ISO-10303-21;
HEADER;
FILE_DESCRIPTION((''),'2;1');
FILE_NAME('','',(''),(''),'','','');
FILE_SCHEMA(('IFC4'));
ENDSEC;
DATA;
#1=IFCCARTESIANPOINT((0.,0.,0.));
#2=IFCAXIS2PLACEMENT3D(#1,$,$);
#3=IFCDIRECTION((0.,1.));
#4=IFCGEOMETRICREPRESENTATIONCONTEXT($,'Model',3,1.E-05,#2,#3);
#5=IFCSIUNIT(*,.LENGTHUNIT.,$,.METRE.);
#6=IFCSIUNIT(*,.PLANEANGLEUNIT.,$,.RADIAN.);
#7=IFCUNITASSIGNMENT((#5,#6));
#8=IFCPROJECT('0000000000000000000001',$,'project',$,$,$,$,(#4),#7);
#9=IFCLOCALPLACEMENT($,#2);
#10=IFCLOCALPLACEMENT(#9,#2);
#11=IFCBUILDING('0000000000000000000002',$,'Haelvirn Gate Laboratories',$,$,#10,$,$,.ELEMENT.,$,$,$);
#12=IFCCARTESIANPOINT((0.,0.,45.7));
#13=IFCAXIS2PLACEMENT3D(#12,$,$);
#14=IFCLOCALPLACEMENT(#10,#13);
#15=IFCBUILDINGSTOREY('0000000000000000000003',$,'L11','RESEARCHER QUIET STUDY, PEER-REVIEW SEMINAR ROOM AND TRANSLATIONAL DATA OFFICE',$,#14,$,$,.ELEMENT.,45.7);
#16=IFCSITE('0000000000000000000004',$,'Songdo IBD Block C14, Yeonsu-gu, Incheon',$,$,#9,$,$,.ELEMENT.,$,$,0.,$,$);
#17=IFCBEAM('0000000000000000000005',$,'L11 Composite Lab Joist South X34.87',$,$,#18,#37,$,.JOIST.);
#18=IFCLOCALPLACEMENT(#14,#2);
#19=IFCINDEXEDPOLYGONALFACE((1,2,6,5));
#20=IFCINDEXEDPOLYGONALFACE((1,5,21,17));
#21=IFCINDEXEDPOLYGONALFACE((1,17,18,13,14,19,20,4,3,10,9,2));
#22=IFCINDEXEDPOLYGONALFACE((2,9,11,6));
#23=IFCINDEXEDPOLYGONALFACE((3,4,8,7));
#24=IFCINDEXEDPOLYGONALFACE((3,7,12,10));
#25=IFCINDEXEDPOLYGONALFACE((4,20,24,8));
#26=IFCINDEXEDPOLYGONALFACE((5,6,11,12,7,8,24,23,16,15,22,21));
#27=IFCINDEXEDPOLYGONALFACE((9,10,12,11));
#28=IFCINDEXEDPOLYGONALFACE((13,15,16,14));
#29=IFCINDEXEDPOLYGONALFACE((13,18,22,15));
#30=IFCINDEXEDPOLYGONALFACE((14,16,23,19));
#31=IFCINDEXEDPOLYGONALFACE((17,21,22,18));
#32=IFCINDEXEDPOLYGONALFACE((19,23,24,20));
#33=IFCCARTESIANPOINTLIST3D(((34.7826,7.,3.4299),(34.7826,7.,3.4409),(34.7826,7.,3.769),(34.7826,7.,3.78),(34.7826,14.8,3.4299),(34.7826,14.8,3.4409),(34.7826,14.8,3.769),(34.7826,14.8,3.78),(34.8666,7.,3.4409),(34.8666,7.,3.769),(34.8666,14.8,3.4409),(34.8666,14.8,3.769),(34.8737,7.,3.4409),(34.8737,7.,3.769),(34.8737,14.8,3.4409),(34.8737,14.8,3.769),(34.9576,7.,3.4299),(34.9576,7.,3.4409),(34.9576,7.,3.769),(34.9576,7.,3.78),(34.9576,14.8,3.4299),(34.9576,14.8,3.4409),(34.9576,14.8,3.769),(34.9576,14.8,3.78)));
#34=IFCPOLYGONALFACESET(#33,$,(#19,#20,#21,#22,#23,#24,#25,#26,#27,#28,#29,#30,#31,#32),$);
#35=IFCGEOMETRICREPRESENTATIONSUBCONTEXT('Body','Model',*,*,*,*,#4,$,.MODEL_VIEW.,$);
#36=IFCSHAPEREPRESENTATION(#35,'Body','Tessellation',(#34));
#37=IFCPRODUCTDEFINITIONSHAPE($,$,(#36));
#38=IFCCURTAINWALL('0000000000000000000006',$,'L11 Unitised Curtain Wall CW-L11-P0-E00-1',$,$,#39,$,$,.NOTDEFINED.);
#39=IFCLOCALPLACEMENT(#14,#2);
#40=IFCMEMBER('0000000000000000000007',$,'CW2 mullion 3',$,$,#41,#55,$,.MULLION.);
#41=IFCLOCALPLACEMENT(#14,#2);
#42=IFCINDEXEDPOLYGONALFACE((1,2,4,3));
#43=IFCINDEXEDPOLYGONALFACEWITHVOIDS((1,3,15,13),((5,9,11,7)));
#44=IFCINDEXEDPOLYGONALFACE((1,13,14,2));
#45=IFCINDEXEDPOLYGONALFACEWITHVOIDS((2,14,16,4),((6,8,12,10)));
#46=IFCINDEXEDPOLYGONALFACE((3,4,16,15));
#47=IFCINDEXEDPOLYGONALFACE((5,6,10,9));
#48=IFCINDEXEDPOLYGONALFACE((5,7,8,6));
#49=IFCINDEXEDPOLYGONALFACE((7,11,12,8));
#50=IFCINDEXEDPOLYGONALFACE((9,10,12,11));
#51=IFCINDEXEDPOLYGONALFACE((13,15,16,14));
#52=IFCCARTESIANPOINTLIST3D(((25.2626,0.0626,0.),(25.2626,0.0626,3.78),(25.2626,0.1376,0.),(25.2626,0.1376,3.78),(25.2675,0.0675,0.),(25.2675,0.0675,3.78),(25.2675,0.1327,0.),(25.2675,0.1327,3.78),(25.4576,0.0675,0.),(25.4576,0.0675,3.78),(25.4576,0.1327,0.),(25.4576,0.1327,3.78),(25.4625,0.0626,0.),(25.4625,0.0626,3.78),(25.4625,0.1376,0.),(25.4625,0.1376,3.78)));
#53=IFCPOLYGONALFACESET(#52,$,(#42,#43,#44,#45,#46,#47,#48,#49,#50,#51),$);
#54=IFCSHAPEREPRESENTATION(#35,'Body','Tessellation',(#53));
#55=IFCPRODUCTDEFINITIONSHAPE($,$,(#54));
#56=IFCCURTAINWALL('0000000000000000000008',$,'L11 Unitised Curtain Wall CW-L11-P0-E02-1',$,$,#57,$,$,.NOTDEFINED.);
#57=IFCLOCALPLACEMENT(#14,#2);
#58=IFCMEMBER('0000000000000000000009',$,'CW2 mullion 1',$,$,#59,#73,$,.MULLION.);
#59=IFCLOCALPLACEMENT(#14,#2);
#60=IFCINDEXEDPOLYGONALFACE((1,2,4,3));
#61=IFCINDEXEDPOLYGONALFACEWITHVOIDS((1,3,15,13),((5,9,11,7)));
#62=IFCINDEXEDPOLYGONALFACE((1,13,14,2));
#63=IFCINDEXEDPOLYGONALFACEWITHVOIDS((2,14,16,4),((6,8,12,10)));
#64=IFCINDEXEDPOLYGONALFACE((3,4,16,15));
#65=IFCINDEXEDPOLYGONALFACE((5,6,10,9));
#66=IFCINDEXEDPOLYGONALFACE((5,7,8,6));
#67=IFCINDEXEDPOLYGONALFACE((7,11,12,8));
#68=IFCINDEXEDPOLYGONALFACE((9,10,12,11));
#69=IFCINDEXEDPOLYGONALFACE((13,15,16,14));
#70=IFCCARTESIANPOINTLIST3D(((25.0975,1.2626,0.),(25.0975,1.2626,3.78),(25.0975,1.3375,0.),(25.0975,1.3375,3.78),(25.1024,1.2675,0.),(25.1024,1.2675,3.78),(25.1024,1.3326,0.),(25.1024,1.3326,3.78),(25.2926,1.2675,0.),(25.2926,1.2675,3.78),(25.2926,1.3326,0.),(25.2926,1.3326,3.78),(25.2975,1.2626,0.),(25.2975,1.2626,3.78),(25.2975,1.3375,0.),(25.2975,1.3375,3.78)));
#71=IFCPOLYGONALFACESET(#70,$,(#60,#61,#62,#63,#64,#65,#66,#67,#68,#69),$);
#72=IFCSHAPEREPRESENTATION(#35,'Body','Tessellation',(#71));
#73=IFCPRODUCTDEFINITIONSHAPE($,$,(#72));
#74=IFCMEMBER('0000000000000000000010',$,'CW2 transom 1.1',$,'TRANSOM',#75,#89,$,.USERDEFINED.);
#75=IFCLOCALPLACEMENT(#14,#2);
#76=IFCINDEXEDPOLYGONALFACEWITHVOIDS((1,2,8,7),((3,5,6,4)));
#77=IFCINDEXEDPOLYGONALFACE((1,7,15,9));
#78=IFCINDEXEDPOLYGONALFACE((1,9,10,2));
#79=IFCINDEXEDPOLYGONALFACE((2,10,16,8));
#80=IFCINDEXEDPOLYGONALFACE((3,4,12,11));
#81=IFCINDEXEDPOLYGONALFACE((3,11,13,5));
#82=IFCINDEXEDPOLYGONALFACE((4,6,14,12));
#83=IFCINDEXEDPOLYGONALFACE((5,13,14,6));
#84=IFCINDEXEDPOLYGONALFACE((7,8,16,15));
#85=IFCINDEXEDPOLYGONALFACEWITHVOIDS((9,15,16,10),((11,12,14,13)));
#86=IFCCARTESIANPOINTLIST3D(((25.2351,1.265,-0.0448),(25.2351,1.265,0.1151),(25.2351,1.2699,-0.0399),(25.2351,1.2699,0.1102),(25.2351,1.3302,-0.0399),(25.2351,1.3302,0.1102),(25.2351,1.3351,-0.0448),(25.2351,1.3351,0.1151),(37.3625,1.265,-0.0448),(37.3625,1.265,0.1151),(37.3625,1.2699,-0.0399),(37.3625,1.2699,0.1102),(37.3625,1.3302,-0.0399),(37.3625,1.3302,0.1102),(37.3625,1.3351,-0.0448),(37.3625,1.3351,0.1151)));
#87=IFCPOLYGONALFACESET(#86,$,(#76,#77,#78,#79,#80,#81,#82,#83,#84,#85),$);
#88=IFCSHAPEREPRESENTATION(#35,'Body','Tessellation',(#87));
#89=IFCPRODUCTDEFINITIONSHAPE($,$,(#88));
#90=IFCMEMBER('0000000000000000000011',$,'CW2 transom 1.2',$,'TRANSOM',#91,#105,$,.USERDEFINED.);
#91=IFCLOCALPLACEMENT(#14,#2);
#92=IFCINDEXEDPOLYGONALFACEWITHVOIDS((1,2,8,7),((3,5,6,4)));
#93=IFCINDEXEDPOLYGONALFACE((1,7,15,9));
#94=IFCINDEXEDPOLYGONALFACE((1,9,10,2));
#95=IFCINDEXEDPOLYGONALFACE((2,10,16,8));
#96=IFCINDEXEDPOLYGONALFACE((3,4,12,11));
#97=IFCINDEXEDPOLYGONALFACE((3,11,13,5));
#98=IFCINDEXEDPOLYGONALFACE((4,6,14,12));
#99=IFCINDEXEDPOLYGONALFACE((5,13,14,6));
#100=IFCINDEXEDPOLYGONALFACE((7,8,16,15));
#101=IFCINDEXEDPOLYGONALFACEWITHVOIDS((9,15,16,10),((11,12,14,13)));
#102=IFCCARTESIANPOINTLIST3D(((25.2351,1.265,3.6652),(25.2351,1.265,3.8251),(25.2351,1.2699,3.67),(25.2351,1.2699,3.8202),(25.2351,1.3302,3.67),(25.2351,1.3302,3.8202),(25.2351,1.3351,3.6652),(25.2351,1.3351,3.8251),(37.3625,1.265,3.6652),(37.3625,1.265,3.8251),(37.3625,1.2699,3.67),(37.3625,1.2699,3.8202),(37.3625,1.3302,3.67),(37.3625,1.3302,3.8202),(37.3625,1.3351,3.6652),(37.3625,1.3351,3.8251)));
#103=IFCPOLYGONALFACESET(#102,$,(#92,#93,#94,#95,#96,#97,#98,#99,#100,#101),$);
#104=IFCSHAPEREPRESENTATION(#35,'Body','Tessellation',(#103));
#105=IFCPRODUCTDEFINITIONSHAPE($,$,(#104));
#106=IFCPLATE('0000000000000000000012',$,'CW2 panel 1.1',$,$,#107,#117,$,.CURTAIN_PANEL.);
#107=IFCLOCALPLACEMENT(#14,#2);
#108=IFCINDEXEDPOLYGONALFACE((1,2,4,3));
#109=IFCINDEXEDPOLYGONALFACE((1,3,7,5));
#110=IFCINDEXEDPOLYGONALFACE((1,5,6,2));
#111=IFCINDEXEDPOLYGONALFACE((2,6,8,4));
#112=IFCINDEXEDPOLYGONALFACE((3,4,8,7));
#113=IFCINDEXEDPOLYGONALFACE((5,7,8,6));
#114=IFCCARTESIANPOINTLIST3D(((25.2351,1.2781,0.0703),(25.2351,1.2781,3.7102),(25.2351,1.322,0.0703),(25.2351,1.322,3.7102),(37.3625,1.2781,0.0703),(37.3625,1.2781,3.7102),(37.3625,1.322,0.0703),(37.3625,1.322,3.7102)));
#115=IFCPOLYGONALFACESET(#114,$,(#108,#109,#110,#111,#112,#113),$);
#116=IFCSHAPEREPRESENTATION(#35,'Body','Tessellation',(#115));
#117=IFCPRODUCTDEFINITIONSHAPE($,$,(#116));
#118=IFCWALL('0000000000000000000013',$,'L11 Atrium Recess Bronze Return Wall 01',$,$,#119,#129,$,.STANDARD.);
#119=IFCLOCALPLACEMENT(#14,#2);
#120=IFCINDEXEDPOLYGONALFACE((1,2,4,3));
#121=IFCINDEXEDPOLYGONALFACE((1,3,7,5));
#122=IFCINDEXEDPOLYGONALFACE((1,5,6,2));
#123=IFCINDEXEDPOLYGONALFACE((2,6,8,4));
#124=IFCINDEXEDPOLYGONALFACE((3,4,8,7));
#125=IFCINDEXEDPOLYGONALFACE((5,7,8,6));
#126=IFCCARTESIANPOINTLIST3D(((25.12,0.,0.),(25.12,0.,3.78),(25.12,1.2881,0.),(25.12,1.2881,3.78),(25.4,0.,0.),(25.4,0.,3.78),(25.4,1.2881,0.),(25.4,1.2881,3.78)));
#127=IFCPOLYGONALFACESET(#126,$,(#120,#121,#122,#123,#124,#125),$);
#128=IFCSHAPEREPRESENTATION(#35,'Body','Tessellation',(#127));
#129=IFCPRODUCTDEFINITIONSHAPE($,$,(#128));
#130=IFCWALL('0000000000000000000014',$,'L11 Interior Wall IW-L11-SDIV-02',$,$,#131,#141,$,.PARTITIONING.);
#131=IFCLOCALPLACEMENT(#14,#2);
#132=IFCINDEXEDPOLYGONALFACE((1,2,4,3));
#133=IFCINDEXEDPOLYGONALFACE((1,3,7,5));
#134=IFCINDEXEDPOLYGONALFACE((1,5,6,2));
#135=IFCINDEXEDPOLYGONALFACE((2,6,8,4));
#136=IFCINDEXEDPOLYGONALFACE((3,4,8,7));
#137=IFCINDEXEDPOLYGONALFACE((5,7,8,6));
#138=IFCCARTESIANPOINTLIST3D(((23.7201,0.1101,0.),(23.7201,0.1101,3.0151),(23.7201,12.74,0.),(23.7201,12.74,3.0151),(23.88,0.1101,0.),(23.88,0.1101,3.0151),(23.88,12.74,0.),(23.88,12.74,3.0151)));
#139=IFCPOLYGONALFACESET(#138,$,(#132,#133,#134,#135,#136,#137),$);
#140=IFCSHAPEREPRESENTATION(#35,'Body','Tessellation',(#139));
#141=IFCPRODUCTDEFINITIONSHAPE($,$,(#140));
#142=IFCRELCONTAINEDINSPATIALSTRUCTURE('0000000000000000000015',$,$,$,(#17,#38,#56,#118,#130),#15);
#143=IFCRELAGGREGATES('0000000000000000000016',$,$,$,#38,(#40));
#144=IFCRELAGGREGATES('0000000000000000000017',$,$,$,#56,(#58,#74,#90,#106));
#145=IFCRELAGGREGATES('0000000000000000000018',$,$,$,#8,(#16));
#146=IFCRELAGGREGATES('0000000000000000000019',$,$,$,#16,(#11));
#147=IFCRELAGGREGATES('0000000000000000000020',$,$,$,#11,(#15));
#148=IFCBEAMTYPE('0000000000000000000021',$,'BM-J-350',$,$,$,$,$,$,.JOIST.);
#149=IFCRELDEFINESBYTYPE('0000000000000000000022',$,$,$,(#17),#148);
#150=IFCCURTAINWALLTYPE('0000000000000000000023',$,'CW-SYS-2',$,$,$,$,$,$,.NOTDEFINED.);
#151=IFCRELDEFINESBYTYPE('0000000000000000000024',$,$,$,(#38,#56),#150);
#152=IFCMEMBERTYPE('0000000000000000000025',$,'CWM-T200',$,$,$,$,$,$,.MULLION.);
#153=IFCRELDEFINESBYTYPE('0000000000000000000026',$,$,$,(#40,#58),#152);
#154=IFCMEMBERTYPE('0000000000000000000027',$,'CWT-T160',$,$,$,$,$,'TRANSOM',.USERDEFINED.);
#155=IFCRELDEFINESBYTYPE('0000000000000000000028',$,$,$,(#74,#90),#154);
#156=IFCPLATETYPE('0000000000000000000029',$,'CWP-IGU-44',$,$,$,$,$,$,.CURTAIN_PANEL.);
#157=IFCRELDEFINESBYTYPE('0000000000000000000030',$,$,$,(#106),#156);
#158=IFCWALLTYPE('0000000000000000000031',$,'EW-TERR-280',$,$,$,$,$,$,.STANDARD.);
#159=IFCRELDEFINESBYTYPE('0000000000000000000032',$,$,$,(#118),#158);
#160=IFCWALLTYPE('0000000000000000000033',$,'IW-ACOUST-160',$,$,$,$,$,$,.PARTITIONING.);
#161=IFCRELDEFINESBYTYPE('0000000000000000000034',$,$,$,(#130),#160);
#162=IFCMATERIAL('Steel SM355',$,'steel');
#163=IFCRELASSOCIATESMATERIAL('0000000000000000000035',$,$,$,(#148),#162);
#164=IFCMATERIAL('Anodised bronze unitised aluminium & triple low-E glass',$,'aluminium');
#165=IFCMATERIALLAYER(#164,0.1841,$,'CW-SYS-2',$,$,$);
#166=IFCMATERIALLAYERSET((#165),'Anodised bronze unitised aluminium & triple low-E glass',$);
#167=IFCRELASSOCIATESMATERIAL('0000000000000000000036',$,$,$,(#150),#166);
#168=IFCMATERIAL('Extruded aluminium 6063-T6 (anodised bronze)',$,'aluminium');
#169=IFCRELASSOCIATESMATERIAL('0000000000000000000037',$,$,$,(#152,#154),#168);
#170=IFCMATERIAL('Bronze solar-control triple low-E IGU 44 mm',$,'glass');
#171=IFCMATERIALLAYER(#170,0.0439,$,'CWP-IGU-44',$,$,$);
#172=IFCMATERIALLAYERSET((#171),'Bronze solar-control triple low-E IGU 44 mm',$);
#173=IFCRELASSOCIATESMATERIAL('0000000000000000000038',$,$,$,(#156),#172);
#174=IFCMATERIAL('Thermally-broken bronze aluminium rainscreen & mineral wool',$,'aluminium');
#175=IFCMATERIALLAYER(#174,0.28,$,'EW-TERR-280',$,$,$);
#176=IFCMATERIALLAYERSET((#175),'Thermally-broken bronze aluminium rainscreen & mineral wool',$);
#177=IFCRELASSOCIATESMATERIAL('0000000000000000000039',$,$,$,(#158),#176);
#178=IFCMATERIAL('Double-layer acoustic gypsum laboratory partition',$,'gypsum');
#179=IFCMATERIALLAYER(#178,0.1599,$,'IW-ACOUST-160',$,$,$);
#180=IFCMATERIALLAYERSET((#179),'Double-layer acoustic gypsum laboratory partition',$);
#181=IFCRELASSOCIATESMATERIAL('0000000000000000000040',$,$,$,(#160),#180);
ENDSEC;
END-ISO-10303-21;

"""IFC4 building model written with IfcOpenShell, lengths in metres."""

from ifc_helpers import new_model, si_unit, direction, frame, frame_2d, origin, origin_2d, place, context, subcontext, project, spatial, rectangle, hollow_rectangle, i_section, extrude, source, transform, mapped, material, layer, layer_set, material_profile, profile_set, type_object, type_shapes, element, aggregate, save


model = new_model("IFC4")

# Units and contexts
model_context = context("Model", 3, precision=1e-05, world=origin(), true_north=direction((0.0, 1.0)))
body_context = subcontext(model_context, "Body", "Model", "MODEL_VIEW")
ifc_project = project(units=[si_unit("LENGTHUNIT", "METRE"), si_unit("PLANEANGLEUNIT", "RADIAN")], contexts=[model_context])

# Site, building, storey
site_placement = place(None, origin())
site = spatial("IfcSite", under=ifc_project, at=site_placement, Name="Songdo IBD Block C14, Yeonsu-gu, Incheon", CompositionType="ELEMENT", RefElevation=0.0)
building_placement = place(site_placement, origin())
building = spatial("IfcBuilding", under=site, at=building_placement, Name="Haelvirn Gate Laboratories", CompositionType="ELEMENT")
storey_placement = place(building_placement, frame((0.0, 0.0, 45.7)))
storey = spatial("IfcBuildingStorey", under=building, at=storey_placement, Name="L11", Description="RESEARCHER QUIET STUDY, PEER-REVIEW SEMINAR ROOM AND TRANSLATIONAL DATA OFFICE", CompositionType="ELEMENT", Elevation=45.7)

# Beam
ifc_material_1 = material(Name="Steel SM355", Category="steel")
ifc_material_profile_1 = material_profile(ifc_material_1, i_section(OverallWidth=0.175, OverallDepth=0.3501, WebThickness=0.0071, FlangeThickness=0.011, at=origin_2d()), Name="H-350x175x7x11")
ifc_profile_set_1 = profile_set([ifc_material_profile_1], Name="Steel SM355")
beam_type_1 = type_object("IfcBeamType", Name="BM-J-350", PredefinedType="JOIST", material=ifc_profile_set_1)
shared_shape_1 = source(origin(), body_context, "Body", "SweptSolid", [
    extrude(i_section(OverallWidth=0.175, OverallDepth=0.3501, WebThickness=0.0071, FlangeThickness=0.011, at=origin_2d()), origin(), (0.0, 0.0, 1.0), 7.8),
])
type_shapes(beam_type_1, [shared_shape_1])
for number, where, z_axis, x_axis, name in (
    (1, (34.8701, 7.0, 3.605), (0.0, 1.0, 0.0), (-1.0, 0.0, 0.0), "L11 Composite Lab Joist South X34.87"),
):
    element("IfcBeam", number, at=place(storey_placement, frame(where, z_axis=z_axis, x_axis=x_axis)), inside=storey, type_object=beam_type_1, Name=name, PredefinedType="JOIST", context=body_context, shape_type="MappedRepresentation", body=[
        mapped(shared_shape_1, transform((0.0, 0.0, 0.0), scale=1.0)),
    ])

# Curtain wall, member
ifc_material_2 = material(Name="Anodised bronze unitised aluminium & triple low-E glass", Category="aluminium")
ifc_layer_1 = layer(ifc_material_2, 0.1841, Name="CW-SYS-2")
ifc_layer_set_1 = layer_set([ifc_layer_1], Name="Anodised bronze unitised aluminium & triple low-E glass")
curtain_wall_type = type_object("IfcCurtainWallType", Name="CW-SYS-2", PredefinedType="NOTDEFINED", material=ifc_layer_set_1)
curtain_wall_1_placement = place(storey_placement, origin())
curtain_wall_1 = element("IfcCurtainWall", 2, at=curtain_wall_1_placement, inside=storey, type_object=curtain_wall_type, Name="L11 Unitised Curtain Wall CW-L11-P0-E00-1", PredefinedType="NOTDEFINED")
ifc_material_3 = material(Name="Extruded aluminium 6063-T6 (anodised bronze)", Category="aluminium")
ifc_material_profile_2 = material_profile(ifc_material_3, hollow_rectangle(XDim=0.075, YDim=0.2, WallThickness=0.0049, at=origin_2d()), Name="CWM-200x75x5")
ifc_profile_set_2 = profile_set([ifc_material_profile_2], Name="Extruded aluminium 6063-T6 (anodised bronze)")
member_type_1 = type_object("IfcMemberType", Name="CWM-T200", PredefinedType="MULLION", material=ifc_profile_set_2)
shared_shape_2 = source(origin(), body_context, "Body", "SweptSolid", [
    extrude(hollow_rectangle(XDim=0.075, YDim=0.2, WallThickness=0.0049, at=origin_2d()), origin(), (0.0, 0.0, 1.0), 3.78),
])
type_shapes(member_type_1, [shared_shape_2])
member_1_placement = place(storey_placement, frame((25.3625, 0.1001, 0.0), z_axis=(0.0, 0.0, 1.0), x_axis=(0.0, 1.0, 0.0)))
member_1 = element("IfcMember", 3, at=member_1_placement, type_object=member_type_1, Name="CW2 mullion 3", PredefinedType="MULLION", context=body_context, shape_type="MappedRepresentation", body=[
    mapped(shared_shape_2, transform((0.0, 0.0, 0.0), scale=1.0)),
])
aggregate(curtain_wall_1, [member_1])

# Curtain wall, members, plate
curtain_wall_2_placement = place(storey_placement, origin())
curtain_wall_2 = element("IfcCurtainWall", 4, at=curtain_wall_2_placement, inside=storey, type_object=curtain_wall_type, Name="L11 Unitised Curtain Wall CW-L11-P0-E02-1", PredefinedType="NOTDEFINED")
member_2_placement = place(storey_placement, frame((25.1975, 1.3, 0.0), z_axis=(0.0, 0.0, 1.0), x_axis=(0.0, 1.0, 0.0)))
member_2 = element("IfcMember", 5, at=member_2_placement, type_object=member_type_1, Name="CW2 mullion 1", PredefinedType="MULLION", context=body_context, shape_type="MappedRepresentation", body=[
    mapped(shared_shape_2, transform((0.0, 0.0, 0.0), scale=1.0)),
])
ifc_material_profile_3 = material_profile(ifc_material_3, hollow_rectangle(XDim=0.0701, YDim=0.1599, WallThickness=0.0049, at=origin_2d()), Name="CWT-160x70x5")
ifc_profile_set_3 = profile_set([ifc_material_profile_3], Name="Extruded aluminium 6063-T6 (anodised bronze)")
member_type_2 = type_object("IfcMemberType", Name="CWT-T160", ElementType="TRANSOM", PredefinedType="USERDEFINED", material=ifc_profile_set_3)
shared_shape_3 = source(origin(), body_context, "Body", "SweptSolid", [
    extrude(hollow_rectangle(XDim=0.0701, YDim=0.1599, WallThickness=0.0049, at=origin_2d()), origin(), (0.0, 0.0, 1.0), 12.1274),
])
type_shapes(member_type_2, [shared_shape_3])
member_3_placement = place(storey_placement, frame((25.2351, 1.3, 0.0352), z_axis=(1.0, 0.0, 0.0), x_axis=(0.0, 1.0, 0.0)))
member_3 = element("IfcMember", 6, at=member_3_placement, type_object=member_type_2, Name="CW2 transom 1.1", ObjectType="TRANSOM", PredefinedType="USERDEFINED", context=body_context, shape_type="MappedRepresentation", body=[
    mapped(shared_shape_3, transform((0.0, 0.0, 0.0), scale=1.0)),
])
member_4_placement = place(storey_placement, frame((25.2351, 1.3, 3.7451), z_axis=(1.0, 0.0, 0.0), x_axis=(0.0, 1.0, 0.0)))
member_4 = element("IfcMember", 7, at=member_4_placement, type_object=member_type_2, Name="CW2 transom 1.2", ObjectType="TRANSOM", PredefinedType="USERDEFINED", context=body_context, shape_type="MappedRepresentation", body=[
    mapped(shared_shape_3, transform((0.0, 0.0, 0.0), scale=1.0)),
])
ifc_material_4 = material(Name="Bronze solar-control triple low-E IGU 44 mm", Category="glass")
ifc_layer_2 = layer(ifc_material_4, 0.0439, Name="CWP-IGU-44")
ifc_layer_set_2 = layer_set([ifc_layer_2], Name="Bronze solar-control triple low-E IGU 44 mm")
plate_type = type_object("IfcPlateType", Name="CWP-IGU-44", PredefinedType="CURTAIN_PANEL", material=ifc_layer_set_2)
shared_shape_4 = source(origin(), body_context, "Body", "SweptSolid", [
    extrude(rectangle(XDim=12.1274, YDim=0.0439, at=origin_2d()), origin(), (0.0, 0.0, 1.0), 3.6399),
])
type_shapes(plate_type, [shared_shape_4])
plate_placement = place(storey_placement, frame((31.2988, 1.3, 0.0703), z_axis=(0.0, 0.0, 1.0), x_axis=(1.0, 0.0, 0.0)))
plate = element("IfcPlate", 8, at=plate_placement, type_object=plate_type, Name="CW2 panel 1.1", PredefinedType="CURTAIN_PANEL", context=body_context, shape_type="MappedRepresentation", body=[
    mapped(shared_shape_4, transform((0.0, 0.0, 0.0), scale=1.0)),
])
aggregate(curtain_wall_2, [member_2, member_3, member_4, plate])

# Walls
ifc_material_5 = material(Name="Thermally-broken bronze aluminium rainscreen & mineral wool", Category="aluminium")
ifc_layer_3 = layer(ifc_material_5, 0.28, Name="EW-TERR-280")
ifc_layer_set_3 = layer_set([ifc_layer_3], Name="Thermally-broken bronze aluminium rainscreen & mineral wool")
wall_type_1 = type_object("IfcWallType", Name="EW-TERR-280", PredefinedType="STANDARD", material=ifc_layer_set_3)
wall_1_placement = place(storey_placement, frame((25.26, 0.0, 0.0), z_axis=(0.0, 0.0, 1.0), x_axis=(0.0, 1.0, 0.0)))
element("IfcWall", 9, at=wall_1_placement, inside=storey, type_object=wall_type_1, Name="L11 Atrium Recess Bronze Return Wall 01", PredefinedType="STANDARD", context=body_context, shape_type="SweptSolid", body=[
    extrude(rectangle(XDim=1.2881, YDim=0.28, at=frame_2d((0.644, 0.0))), origin(), (0.0, 0.0, 1.0), 3.78),
])
ifc_material_6 = material(Name="Double-layer acoustic gypsum laboratory partition", Category="gypsum")
ifc_layer_4 = layer(ifc_material_6, 0.1599, Name="IW-ACOUST-160")
ifc_layer_set_4 = layer_set([ifc_layer_4], Name="Double-layer acoustic gypsum laboratory partition")
wall_type_2 = type_object("IfcWallType", Name="IW-ACOUST-160", PredefinedType="PARTITIONING", material=ifc_layer_set_4)
wall_2_placement = place(storey_placement, frame((23.8, 0.1101, 0.0), z_axis=(0.0, 0.0, 1.0), x_axis=(0.0, 1.0, 0.0)))
element("IfcWall", 10, at=wall_2_placement, inside=storey, type_object=wall_type_2, Name="L11 Interior Wall IW-L11-SDIV-02", PredefinedType="PARTITIONING", context=body_context, shape_type="SweptSolid", body=[
    extrude(rectangle(XDim=12.6299, YDim=0.1599, at=frame_2d((6.3149, 0.0))), origin(), (0.0, 0.0, 1.0), 3.0151),
])

save(model, "model.ifc")
